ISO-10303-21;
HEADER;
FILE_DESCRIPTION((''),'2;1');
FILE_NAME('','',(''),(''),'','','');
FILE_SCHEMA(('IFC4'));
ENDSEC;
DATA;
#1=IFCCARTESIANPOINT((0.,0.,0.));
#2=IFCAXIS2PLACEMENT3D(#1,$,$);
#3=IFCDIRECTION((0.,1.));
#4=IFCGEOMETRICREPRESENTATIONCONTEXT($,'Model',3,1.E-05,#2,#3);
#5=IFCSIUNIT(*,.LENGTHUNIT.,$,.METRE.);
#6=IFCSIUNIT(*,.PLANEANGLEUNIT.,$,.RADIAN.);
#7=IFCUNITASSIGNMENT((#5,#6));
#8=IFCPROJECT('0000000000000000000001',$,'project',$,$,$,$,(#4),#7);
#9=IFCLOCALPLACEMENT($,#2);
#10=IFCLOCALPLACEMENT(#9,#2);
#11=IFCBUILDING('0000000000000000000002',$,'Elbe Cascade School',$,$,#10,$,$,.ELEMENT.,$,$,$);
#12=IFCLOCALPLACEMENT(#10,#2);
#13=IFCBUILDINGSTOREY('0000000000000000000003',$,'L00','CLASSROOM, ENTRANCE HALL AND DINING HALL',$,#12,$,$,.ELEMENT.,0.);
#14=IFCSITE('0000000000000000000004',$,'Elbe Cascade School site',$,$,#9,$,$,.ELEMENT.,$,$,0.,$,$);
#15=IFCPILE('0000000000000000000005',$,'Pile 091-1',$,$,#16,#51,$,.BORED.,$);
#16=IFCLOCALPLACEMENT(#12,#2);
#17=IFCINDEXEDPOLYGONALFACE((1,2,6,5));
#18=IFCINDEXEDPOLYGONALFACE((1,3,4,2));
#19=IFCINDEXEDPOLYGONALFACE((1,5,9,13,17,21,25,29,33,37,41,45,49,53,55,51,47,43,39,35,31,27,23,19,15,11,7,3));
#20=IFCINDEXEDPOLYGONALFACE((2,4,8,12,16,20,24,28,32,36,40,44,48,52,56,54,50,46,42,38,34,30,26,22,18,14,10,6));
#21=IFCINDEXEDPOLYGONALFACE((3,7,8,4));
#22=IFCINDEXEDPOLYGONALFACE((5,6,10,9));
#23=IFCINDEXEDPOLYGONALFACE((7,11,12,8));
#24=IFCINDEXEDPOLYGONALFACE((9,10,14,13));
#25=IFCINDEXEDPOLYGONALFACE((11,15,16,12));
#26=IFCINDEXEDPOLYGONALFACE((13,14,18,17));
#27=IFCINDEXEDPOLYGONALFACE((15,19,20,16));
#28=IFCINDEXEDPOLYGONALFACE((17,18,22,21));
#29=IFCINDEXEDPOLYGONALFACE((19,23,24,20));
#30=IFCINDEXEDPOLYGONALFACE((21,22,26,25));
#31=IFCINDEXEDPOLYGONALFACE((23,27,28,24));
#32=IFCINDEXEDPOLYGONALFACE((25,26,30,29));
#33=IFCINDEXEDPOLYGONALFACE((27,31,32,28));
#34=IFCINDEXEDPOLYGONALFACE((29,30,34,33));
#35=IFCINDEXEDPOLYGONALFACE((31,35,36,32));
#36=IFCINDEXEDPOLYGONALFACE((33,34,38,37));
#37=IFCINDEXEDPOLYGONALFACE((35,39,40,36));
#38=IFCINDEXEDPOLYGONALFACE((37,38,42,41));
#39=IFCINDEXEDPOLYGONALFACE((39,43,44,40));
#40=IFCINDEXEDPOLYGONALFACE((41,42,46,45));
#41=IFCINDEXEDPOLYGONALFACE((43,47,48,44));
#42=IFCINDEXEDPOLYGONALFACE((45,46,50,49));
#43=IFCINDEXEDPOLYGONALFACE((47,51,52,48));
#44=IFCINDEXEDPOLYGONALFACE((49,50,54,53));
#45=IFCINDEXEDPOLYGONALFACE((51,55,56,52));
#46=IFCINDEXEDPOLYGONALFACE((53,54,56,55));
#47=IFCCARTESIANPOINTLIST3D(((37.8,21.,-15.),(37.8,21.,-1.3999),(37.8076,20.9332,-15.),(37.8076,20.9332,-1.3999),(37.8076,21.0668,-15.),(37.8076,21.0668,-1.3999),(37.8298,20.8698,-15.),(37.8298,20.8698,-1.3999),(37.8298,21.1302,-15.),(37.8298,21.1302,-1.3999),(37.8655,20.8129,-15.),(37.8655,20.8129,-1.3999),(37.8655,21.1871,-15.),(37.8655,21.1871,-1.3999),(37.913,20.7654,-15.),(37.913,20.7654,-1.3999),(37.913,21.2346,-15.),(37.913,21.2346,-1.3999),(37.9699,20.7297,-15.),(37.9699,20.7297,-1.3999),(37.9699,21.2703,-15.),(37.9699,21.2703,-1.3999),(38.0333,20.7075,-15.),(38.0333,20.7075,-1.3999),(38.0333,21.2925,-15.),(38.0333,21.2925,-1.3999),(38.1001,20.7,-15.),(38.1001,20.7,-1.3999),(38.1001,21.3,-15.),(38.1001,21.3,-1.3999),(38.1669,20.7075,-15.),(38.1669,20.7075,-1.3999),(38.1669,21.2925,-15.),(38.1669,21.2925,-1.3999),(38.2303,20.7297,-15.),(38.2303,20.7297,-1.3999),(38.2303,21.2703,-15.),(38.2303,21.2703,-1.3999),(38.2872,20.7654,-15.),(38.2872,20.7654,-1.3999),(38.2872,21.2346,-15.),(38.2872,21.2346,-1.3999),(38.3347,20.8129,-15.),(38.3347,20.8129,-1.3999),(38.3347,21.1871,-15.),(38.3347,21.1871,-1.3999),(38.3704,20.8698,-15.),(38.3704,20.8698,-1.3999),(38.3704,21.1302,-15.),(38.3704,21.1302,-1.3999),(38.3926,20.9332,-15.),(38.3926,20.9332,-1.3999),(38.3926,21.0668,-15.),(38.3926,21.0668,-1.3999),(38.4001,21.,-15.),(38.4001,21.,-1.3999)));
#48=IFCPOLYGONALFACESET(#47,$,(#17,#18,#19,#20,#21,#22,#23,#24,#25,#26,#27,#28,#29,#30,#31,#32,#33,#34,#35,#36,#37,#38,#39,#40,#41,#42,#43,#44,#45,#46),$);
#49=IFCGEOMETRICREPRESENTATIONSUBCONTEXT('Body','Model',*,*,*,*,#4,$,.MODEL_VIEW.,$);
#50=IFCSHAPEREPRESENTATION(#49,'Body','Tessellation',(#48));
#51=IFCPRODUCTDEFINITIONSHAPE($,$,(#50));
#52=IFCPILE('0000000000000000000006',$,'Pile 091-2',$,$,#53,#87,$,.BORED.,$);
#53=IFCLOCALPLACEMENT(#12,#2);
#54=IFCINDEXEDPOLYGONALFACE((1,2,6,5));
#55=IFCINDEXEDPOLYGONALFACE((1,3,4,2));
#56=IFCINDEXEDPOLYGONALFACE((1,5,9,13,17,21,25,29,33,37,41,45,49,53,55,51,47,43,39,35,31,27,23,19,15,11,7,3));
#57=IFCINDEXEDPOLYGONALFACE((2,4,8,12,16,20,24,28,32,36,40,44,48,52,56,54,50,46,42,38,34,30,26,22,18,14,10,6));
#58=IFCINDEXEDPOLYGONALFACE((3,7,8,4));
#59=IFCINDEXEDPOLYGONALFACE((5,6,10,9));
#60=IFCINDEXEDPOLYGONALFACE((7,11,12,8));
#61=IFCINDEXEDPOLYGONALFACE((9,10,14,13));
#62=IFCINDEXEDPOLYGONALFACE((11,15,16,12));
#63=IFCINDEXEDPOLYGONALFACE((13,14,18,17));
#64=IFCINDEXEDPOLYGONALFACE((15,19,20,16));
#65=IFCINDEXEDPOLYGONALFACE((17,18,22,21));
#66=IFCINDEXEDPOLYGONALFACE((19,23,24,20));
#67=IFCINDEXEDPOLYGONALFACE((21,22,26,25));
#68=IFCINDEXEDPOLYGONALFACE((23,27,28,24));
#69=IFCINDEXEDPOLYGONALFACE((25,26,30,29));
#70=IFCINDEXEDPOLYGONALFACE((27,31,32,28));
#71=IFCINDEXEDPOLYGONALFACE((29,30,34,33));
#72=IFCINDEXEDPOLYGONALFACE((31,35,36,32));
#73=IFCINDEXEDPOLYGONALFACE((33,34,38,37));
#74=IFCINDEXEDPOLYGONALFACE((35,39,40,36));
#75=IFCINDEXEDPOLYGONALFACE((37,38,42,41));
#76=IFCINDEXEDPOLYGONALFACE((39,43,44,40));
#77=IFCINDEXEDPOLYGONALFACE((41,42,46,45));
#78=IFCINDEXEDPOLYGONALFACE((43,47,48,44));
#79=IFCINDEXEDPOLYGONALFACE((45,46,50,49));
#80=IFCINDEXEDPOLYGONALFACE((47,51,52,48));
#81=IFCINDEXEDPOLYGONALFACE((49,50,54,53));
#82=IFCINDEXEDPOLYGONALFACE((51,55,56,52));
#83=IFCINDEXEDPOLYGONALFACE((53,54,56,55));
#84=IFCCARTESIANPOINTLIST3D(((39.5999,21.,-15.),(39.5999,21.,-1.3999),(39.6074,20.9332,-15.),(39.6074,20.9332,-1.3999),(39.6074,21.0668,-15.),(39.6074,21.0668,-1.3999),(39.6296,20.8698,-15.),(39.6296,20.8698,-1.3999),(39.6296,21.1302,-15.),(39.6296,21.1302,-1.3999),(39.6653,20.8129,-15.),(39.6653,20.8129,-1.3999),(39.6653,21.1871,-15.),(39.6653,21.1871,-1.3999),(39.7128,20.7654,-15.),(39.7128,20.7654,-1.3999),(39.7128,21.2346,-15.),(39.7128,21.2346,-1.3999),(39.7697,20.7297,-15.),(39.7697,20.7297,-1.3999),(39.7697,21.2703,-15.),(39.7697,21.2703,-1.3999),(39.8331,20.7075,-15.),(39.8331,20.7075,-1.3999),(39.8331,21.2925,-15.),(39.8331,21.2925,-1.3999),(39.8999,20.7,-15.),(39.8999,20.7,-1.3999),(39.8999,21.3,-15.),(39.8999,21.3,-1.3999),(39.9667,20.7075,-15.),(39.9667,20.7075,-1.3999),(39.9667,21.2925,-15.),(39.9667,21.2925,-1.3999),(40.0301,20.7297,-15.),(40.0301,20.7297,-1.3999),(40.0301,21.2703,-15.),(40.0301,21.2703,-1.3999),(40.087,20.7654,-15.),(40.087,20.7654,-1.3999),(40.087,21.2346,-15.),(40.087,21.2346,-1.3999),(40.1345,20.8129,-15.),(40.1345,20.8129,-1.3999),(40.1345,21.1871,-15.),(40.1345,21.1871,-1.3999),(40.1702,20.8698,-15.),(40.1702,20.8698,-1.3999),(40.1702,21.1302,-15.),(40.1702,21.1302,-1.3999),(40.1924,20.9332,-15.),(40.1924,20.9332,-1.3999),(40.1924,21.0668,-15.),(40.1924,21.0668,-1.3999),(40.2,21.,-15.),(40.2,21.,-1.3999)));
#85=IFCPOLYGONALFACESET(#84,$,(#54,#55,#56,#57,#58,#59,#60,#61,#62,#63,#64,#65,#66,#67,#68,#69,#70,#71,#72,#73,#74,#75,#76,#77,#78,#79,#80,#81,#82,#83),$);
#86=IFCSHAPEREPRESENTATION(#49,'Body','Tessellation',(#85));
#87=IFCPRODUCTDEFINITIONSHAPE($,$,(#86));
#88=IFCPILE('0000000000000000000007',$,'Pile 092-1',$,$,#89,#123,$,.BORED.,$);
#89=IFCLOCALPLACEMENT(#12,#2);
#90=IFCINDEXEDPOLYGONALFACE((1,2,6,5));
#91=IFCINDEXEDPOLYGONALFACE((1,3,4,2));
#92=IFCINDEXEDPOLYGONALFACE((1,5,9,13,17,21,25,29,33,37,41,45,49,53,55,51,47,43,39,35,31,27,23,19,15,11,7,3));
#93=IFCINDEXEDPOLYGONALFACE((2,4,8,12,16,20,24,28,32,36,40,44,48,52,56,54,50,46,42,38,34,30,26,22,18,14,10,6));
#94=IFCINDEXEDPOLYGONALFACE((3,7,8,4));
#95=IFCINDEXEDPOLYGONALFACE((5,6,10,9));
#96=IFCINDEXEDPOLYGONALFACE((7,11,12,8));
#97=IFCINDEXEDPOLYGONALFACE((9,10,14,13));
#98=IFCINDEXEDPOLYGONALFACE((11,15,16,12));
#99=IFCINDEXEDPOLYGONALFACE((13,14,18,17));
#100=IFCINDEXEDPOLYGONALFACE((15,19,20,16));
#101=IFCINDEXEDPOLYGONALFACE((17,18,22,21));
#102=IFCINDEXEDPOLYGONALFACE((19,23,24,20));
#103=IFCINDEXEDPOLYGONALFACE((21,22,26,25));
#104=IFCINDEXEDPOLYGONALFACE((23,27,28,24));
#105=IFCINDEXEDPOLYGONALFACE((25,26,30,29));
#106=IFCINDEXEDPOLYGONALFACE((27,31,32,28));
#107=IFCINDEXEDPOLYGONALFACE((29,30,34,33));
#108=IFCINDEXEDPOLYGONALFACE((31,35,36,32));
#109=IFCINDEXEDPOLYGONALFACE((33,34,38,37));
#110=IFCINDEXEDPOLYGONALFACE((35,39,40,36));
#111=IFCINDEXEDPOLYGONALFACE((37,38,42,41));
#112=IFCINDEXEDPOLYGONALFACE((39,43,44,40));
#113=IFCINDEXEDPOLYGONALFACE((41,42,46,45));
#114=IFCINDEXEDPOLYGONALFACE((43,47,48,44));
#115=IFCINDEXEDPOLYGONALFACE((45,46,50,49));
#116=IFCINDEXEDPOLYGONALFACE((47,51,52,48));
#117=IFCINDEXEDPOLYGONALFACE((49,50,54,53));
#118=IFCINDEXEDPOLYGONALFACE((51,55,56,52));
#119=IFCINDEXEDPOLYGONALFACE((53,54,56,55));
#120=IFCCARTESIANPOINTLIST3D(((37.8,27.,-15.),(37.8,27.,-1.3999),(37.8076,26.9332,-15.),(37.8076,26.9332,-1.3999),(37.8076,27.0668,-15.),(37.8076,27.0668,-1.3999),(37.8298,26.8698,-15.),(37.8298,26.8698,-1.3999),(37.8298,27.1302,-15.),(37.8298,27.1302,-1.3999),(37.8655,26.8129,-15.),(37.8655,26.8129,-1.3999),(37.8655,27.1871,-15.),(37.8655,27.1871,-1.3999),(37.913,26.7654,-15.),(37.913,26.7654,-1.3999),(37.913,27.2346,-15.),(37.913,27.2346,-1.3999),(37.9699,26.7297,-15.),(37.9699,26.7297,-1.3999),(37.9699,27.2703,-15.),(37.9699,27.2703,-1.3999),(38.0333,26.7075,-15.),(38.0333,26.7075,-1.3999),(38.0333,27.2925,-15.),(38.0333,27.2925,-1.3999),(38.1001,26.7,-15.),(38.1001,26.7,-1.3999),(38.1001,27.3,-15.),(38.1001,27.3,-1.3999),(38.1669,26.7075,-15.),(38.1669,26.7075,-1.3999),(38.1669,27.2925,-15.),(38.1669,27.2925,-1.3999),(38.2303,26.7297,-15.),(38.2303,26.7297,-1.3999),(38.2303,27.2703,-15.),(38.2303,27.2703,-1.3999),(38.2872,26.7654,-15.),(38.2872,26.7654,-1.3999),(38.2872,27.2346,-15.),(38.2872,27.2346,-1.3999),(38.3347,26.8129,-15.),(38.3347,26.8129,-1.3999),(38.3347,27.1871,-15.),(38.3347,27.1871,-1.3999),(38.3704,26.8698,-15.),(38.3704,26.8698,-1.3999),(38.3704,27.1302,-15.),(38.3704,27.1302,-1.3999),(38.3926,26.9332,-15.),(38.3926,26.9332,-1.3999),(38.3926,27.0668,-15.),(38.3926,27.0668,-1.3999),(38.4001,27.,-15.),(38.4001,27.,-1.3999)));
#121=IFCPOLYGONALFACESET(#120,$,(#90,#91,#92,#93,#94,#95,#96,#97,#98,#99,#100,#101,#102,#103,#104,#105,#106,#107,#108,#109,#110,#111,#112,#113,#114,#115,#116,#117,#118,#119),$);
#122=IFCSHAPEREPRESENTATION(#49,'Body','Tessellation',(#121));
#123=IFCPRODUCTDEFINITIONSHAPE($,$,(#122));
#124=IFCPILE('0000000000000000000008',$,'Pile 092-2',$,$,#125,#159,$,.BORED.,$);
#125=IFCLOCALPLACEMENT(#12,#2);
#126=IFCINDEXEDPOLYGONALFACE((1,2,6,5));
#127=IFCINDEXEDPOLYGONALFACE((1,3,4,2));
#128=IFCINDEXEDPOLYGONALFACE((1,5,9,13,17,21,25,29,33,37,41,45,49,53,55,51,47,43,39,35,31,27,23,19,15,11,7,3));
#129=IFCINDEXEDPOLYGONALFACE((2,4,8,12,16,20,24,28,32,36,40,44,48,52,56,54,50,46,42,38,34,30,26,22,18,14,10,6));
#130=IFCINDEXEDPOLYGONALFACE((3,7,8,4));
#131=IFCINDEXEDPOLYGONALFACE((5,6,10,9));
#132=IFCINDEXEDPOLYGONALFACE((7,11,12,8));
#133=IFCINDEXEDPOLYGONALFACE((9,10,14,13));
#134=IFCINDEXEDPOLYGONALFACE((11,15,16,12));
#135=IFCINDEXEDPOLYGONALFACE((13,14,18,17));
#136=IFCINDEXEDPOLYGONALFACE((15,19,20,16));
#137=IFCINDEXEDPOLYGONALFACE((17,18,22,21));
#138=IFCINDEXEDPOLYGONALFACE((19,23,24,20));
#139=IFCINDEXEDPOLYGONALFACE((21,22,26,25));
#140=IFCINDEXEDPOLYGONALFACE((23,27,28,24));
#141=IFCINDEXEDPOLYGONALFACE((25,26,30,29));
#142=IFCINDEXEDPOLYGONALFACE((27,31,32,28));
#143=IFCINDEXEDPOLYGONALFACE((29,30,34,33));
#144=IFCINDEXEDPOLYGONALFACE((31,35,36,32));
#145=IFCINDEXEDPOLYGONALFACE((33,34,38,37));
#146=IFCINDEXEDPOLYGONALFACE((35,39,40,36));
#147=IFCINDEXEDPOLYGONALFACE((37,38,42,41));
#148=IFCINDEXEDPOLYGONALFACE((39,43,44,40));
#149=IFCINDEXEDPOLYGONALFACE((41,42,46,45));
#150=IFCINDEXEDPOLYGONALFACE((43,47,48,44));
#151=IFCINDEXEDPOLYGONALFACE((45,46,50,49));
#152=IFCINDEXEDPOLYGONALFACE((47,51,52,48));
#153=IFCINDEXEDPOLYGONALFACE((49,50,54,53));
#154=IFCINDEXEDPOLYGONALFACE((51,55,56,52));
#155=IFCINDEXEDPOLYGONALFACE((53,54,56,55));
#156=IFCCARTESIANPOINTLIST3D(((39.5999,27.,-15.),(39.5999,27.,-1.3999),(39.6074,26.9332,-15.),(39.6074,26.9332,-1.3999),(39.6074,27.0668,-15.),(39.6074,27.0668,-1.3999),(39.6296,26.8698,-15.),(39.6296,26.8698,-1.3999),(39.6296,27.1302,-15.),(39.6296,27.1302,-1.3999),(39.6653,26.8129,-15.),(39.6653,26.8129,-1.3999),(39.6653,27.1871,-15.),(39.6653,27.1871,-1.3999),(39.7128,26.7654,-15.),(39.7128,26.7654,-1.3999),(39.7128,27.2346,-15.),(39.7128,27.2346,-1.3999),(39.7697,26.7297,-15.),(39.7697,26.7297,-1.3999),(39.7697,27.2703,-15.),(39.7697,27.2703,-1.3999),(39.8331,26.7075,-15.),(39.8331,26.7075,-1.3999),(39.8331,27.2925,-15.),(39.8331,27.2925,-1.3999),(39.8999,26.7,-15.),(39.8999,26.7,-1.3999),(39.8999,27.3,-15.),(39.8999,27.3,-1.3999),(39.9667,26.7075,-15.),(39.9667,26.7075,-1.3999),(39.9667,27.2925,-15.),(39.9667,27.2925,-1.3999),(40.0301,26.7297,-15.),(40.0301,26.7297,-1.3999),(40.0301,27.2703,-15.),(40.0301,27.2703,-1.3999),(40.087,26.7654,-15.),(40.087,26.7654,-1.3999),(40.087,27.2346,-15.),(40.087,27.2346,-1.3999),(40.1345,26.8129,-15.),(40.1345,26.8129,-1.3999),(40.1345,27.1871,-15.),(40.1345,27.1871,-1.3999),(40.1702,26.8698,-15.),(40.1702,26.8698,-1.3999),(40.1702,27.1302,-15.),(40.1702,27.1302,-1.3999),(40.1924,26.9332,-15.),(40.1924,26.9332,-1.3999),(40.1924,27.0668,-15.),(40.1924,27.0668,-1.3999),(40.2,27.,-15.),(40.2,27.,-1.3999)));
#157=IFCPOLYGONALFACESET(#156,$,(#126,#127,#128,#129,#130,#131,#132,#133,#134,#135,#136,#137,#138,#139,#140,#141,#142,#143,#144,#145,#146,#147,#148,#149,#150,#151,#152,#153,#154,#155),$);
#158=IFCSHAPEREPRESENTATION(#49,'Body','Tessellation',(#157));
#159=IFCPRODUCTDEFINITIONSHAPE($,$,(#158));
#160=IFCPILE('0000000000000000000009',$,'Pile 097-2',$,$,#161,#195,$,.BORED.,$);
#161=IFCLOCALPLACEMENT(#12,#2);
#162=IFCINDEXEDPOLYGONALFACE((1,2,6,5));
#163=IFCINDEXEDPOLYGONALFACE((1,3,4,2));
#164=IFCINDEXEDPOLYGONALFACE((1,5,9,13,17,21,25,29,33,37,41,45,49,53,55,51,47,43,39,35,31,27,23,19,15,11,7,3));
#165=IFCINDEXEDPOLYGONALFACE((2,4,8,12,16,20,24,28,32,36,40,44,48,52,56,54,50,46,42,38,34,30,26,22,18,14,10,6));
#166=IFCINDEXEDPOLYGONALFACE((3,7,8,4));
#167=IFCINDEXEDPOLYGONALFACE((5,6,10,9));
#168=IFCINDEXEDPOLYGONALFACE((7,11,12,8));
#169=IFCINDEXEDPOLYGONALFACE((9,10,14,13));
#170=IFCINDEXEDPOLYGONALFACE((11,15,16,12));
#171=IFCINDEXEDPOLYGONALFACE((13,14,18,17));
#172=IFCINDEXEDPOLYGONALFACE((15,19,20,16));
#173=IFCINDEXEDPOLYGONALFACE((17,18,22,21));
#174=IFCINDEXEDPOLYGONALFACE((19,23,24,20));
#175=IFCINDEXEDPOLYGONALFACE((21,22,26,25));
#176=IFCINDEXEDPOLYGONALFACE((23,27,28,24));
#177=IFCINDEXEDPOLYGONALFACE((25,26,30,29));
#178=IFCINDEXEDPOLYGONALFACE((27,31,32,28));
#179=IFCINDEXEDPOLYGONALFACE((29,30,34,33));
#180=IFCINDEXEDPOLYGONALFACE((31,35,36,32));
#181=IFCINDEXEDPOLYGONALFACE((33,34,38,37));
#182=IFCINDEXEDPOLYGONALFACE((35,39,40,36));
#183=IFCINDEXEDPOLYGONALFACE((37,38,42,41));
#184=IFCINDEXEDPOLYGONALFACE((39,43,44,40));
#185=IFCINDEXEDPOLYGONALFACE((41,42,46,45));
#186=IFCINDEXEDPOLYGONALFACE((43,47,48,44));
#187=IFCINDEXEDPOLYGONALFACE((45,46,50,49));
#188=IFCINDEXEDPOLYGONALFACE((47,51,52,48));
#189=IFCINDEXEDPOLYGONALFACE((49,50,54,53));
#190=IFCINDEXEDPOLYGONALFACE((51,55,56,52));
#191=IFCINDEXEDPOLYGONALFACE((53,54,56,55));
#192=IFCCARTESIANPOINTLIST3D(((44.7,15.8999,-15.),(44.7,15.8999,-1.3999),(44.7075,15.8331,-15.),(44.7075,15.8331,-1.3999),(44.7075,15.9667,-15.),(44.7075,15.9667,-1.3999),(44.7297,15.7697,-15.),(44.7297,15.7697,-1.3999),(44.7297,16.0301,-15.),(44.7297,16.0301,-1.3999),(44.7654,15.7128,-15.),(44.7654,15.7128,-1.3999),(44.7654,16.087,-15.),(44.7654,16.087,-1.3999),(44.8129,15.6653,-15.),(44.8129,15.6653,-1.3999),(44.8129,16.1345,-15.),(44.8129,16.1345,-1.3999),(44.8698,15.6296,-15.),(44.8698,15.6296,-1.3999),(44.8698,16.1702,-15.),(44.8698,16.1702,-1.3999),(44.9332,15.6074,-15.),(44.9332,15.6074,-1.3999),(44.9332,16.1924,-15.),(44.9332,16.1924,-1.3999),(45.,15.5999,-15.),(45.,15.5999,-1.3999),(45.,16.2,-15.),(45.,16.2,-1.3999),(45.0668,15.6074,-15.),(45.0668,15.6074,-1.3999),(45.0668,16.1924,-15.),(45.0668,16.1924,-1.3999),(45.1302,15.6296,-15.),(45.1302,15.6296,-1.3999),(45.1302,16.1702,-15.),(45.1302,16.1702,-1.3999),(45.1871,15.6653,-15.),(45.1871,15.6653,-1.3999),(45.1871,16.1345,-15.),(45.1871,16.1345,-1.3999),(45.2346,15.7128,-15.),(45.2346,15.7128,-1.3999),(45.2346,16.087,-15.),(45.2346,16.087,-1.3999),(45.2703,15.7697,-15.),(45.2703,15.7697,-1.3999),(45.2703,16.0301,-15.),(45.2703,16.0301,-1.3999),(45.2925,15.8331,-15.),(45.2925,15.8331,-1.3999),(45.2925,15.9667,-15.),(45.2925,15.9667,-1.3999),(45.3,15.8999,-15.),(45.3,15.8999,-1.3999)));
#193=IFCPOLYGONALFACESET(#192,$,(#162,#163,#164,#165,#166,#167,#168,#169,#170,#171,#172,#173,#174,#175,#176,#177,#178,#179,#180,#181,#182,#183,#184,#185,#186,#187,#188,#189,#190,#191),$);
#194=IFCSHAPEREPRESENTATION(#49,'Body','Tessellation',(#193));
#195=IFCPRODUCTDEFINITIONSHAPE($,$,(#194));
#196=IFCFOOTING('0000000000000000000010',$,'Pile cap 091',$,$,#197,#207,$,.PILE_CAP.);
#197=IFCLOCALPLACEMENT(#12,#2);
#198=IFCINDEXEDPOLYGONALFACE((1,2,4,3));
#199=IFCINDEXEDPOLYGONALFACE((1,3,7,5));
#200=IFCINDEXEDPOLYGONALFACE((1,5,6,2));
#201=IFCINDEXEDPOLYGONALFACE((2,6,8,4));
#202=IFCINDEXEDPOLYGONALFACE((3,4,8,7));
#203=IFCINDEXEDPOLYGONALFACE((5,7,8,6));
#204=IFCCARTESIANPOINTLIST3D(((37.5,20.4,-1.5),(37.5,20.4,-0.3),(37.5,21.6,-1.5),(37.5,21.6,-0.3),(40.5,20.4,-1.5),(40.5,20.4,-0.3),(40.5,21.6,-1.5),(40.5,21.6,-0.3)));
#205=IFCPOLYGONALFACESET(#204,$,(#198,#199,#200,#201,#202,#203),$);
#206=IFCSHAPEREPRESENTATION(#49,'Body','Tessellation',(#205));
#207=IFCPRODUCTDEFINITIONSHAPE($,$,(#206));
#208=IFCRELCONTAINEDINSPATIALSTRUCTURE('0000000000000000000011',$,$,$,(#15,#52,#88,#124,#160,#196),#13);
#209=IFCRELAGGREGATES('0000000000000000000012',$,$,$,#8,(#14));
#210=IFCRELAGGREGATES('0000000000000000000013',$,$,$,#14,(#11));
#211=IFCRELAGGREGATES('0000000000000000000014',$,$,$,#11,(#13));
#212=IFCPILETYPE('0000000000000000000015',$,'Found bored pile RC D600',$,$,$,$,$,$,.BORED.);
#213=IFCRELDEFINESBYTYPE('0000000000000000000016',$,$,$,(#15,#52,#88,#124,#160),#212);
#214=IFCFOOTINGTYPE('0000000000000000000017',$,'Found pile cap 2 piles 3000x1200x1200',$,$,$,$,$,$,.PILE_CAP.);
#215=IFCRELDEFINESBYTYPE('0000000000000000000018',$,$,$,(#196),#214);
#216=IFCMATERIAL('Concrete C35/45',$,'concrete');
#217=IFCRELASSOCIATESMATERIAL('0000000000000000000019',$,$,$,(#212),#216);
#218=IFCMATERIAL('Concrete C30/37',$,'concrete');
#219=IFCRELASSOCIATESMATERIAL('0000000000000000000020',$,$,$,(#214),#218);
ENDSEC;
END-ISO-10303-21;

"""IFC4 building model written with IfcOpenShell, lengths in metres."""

from ifc_helpers import new_model, si_unit, direction, frame, origin, origin_2d, place, context, subcontext, project, spatial, rectangle, circle, extrude, material, material_profile, profile_set, type_object, element, save


model = new_model("IFC4")

# Units and contexts
model_context = context("Model", 3, precision=1e-05, world=origin(), true_north=direction((0.0, 1.0)))
body_context = subcontext(model_context, "Body", "Model", "MODEL_VIEW")
ifc_project = project(units=[si_unit("LENGTHUNIT", "METRE"), si_unit("PLANEANGLEUNIT", "RADIAN")], contexts=[model_context])

# Site, building, storey
site_placement = place(None, origin())
site = spatial("IfcSite", under=ifc_project, at=site_placement, Name="Elbe Cascade School site", CompositionType="ELEMENT", RefElevation=0.0)
building_placement = place(site_placement, origin())
building = spatial("IfcBuilding", under=site, at=building_placement, Name="Elbe Cascade School", CompositionType="ELEMENT")
storey_placement = place(building_placement, origin())
storey = spatial("IfcBuildingStorey", under=building, at=storey_placement, Name="L00", Description="CLASSROOM, ENTRANCE HALL AND DINING HALL", CompositionType="ELEMENT", Elevation=0.0)

# Piles
ifc_material_1 = material(Name="Concrete C35/45", Category="concrete")
ifc_material_profile_1 = material_profile(ifc_material_1, circle(Radius=0.3, at=origin_2d()), Name="RC D600")
ifc_profile_set_1 = profile_set([ifc_material_profile_1], Name="Concrete C35/45")
pile_type = type_object("IfcPileType", Name="Found bored pile RC D600", PredefinedType="BORED", material=ifc_profile_set_1)
for number, where, z_axis, x_axis, name in (
    (1, (38.1001, 21.0, -1.3999), (0.0, 0.0, -1.0), (1.0, 0.0, 0.0), "Pile 091-1"),
    (2, (39.8999, 21.0, -1.3999), (0.0, 0.0, -1.0), (1.0, 0.0, 0.0), "Pile 091-2"),
    (3, (38.1001, 27.0, -1.3999), (0.0, 0.0, -1.0), (1.0, 0.0, 0.0), "Pile 092-1"),
    (4, (39.8999, 27.0, -1.3999), (0.0, 0.0, -1.0), (1.0, 0.0, 0.0), "Pile 092-2"),
    (5, (45.0, 15.8999, -1.3999), (0.0, 0.0, -1.0), (1.0, 0.0, 0.0), "Pile 097-2"),
):
    element("IfcPile", number, at=place(storey_placement, frame(where, z_axis=z_axis, x_axis=x_axis)), inside=storey, type_object=pile_type, Name=name, PredefinedType="BORED", context=body_context, shape_type="SweptSolid", body=[
        extrude(circle(Radius=0.3, at=origin_2d()), origin(), (0.0, 0.0, 1.0), 13.6001),
    ])

# Footing
ifc_material_2 = material(Name="Concrete C30/37", Category="concrete")
footing_type = type_object("IfcFootingType", Name="Found pile cap 2 piles 3000x1200x1200", PredefinedType="PILE_CAP", material=ifc_material_2)
for number, where, z_axis, x_axis, name in (
    (6, (39.0, 21.0, -1.5), (0.0, 0.0, 1.0), (1.0, 0.0, 0.0), "Pile cap 091"),
):
    element("IfcFooting", number, at=place(storey_placement, frame(where, z_axis=z_axis, x_axis=x_axis)), inside=storey, type_object=footing_type, Name=name, PredefinedType="PILE_CAP", context=body_context, shape_type="SweptSolid", body=[
        extrude(rectangle(XDim=3.0, YDim=1.2, at=origin_2d()), origin(), (0.0, 0.0, 1.0), 1.2),
    ])

save(model, "model.ifc")
